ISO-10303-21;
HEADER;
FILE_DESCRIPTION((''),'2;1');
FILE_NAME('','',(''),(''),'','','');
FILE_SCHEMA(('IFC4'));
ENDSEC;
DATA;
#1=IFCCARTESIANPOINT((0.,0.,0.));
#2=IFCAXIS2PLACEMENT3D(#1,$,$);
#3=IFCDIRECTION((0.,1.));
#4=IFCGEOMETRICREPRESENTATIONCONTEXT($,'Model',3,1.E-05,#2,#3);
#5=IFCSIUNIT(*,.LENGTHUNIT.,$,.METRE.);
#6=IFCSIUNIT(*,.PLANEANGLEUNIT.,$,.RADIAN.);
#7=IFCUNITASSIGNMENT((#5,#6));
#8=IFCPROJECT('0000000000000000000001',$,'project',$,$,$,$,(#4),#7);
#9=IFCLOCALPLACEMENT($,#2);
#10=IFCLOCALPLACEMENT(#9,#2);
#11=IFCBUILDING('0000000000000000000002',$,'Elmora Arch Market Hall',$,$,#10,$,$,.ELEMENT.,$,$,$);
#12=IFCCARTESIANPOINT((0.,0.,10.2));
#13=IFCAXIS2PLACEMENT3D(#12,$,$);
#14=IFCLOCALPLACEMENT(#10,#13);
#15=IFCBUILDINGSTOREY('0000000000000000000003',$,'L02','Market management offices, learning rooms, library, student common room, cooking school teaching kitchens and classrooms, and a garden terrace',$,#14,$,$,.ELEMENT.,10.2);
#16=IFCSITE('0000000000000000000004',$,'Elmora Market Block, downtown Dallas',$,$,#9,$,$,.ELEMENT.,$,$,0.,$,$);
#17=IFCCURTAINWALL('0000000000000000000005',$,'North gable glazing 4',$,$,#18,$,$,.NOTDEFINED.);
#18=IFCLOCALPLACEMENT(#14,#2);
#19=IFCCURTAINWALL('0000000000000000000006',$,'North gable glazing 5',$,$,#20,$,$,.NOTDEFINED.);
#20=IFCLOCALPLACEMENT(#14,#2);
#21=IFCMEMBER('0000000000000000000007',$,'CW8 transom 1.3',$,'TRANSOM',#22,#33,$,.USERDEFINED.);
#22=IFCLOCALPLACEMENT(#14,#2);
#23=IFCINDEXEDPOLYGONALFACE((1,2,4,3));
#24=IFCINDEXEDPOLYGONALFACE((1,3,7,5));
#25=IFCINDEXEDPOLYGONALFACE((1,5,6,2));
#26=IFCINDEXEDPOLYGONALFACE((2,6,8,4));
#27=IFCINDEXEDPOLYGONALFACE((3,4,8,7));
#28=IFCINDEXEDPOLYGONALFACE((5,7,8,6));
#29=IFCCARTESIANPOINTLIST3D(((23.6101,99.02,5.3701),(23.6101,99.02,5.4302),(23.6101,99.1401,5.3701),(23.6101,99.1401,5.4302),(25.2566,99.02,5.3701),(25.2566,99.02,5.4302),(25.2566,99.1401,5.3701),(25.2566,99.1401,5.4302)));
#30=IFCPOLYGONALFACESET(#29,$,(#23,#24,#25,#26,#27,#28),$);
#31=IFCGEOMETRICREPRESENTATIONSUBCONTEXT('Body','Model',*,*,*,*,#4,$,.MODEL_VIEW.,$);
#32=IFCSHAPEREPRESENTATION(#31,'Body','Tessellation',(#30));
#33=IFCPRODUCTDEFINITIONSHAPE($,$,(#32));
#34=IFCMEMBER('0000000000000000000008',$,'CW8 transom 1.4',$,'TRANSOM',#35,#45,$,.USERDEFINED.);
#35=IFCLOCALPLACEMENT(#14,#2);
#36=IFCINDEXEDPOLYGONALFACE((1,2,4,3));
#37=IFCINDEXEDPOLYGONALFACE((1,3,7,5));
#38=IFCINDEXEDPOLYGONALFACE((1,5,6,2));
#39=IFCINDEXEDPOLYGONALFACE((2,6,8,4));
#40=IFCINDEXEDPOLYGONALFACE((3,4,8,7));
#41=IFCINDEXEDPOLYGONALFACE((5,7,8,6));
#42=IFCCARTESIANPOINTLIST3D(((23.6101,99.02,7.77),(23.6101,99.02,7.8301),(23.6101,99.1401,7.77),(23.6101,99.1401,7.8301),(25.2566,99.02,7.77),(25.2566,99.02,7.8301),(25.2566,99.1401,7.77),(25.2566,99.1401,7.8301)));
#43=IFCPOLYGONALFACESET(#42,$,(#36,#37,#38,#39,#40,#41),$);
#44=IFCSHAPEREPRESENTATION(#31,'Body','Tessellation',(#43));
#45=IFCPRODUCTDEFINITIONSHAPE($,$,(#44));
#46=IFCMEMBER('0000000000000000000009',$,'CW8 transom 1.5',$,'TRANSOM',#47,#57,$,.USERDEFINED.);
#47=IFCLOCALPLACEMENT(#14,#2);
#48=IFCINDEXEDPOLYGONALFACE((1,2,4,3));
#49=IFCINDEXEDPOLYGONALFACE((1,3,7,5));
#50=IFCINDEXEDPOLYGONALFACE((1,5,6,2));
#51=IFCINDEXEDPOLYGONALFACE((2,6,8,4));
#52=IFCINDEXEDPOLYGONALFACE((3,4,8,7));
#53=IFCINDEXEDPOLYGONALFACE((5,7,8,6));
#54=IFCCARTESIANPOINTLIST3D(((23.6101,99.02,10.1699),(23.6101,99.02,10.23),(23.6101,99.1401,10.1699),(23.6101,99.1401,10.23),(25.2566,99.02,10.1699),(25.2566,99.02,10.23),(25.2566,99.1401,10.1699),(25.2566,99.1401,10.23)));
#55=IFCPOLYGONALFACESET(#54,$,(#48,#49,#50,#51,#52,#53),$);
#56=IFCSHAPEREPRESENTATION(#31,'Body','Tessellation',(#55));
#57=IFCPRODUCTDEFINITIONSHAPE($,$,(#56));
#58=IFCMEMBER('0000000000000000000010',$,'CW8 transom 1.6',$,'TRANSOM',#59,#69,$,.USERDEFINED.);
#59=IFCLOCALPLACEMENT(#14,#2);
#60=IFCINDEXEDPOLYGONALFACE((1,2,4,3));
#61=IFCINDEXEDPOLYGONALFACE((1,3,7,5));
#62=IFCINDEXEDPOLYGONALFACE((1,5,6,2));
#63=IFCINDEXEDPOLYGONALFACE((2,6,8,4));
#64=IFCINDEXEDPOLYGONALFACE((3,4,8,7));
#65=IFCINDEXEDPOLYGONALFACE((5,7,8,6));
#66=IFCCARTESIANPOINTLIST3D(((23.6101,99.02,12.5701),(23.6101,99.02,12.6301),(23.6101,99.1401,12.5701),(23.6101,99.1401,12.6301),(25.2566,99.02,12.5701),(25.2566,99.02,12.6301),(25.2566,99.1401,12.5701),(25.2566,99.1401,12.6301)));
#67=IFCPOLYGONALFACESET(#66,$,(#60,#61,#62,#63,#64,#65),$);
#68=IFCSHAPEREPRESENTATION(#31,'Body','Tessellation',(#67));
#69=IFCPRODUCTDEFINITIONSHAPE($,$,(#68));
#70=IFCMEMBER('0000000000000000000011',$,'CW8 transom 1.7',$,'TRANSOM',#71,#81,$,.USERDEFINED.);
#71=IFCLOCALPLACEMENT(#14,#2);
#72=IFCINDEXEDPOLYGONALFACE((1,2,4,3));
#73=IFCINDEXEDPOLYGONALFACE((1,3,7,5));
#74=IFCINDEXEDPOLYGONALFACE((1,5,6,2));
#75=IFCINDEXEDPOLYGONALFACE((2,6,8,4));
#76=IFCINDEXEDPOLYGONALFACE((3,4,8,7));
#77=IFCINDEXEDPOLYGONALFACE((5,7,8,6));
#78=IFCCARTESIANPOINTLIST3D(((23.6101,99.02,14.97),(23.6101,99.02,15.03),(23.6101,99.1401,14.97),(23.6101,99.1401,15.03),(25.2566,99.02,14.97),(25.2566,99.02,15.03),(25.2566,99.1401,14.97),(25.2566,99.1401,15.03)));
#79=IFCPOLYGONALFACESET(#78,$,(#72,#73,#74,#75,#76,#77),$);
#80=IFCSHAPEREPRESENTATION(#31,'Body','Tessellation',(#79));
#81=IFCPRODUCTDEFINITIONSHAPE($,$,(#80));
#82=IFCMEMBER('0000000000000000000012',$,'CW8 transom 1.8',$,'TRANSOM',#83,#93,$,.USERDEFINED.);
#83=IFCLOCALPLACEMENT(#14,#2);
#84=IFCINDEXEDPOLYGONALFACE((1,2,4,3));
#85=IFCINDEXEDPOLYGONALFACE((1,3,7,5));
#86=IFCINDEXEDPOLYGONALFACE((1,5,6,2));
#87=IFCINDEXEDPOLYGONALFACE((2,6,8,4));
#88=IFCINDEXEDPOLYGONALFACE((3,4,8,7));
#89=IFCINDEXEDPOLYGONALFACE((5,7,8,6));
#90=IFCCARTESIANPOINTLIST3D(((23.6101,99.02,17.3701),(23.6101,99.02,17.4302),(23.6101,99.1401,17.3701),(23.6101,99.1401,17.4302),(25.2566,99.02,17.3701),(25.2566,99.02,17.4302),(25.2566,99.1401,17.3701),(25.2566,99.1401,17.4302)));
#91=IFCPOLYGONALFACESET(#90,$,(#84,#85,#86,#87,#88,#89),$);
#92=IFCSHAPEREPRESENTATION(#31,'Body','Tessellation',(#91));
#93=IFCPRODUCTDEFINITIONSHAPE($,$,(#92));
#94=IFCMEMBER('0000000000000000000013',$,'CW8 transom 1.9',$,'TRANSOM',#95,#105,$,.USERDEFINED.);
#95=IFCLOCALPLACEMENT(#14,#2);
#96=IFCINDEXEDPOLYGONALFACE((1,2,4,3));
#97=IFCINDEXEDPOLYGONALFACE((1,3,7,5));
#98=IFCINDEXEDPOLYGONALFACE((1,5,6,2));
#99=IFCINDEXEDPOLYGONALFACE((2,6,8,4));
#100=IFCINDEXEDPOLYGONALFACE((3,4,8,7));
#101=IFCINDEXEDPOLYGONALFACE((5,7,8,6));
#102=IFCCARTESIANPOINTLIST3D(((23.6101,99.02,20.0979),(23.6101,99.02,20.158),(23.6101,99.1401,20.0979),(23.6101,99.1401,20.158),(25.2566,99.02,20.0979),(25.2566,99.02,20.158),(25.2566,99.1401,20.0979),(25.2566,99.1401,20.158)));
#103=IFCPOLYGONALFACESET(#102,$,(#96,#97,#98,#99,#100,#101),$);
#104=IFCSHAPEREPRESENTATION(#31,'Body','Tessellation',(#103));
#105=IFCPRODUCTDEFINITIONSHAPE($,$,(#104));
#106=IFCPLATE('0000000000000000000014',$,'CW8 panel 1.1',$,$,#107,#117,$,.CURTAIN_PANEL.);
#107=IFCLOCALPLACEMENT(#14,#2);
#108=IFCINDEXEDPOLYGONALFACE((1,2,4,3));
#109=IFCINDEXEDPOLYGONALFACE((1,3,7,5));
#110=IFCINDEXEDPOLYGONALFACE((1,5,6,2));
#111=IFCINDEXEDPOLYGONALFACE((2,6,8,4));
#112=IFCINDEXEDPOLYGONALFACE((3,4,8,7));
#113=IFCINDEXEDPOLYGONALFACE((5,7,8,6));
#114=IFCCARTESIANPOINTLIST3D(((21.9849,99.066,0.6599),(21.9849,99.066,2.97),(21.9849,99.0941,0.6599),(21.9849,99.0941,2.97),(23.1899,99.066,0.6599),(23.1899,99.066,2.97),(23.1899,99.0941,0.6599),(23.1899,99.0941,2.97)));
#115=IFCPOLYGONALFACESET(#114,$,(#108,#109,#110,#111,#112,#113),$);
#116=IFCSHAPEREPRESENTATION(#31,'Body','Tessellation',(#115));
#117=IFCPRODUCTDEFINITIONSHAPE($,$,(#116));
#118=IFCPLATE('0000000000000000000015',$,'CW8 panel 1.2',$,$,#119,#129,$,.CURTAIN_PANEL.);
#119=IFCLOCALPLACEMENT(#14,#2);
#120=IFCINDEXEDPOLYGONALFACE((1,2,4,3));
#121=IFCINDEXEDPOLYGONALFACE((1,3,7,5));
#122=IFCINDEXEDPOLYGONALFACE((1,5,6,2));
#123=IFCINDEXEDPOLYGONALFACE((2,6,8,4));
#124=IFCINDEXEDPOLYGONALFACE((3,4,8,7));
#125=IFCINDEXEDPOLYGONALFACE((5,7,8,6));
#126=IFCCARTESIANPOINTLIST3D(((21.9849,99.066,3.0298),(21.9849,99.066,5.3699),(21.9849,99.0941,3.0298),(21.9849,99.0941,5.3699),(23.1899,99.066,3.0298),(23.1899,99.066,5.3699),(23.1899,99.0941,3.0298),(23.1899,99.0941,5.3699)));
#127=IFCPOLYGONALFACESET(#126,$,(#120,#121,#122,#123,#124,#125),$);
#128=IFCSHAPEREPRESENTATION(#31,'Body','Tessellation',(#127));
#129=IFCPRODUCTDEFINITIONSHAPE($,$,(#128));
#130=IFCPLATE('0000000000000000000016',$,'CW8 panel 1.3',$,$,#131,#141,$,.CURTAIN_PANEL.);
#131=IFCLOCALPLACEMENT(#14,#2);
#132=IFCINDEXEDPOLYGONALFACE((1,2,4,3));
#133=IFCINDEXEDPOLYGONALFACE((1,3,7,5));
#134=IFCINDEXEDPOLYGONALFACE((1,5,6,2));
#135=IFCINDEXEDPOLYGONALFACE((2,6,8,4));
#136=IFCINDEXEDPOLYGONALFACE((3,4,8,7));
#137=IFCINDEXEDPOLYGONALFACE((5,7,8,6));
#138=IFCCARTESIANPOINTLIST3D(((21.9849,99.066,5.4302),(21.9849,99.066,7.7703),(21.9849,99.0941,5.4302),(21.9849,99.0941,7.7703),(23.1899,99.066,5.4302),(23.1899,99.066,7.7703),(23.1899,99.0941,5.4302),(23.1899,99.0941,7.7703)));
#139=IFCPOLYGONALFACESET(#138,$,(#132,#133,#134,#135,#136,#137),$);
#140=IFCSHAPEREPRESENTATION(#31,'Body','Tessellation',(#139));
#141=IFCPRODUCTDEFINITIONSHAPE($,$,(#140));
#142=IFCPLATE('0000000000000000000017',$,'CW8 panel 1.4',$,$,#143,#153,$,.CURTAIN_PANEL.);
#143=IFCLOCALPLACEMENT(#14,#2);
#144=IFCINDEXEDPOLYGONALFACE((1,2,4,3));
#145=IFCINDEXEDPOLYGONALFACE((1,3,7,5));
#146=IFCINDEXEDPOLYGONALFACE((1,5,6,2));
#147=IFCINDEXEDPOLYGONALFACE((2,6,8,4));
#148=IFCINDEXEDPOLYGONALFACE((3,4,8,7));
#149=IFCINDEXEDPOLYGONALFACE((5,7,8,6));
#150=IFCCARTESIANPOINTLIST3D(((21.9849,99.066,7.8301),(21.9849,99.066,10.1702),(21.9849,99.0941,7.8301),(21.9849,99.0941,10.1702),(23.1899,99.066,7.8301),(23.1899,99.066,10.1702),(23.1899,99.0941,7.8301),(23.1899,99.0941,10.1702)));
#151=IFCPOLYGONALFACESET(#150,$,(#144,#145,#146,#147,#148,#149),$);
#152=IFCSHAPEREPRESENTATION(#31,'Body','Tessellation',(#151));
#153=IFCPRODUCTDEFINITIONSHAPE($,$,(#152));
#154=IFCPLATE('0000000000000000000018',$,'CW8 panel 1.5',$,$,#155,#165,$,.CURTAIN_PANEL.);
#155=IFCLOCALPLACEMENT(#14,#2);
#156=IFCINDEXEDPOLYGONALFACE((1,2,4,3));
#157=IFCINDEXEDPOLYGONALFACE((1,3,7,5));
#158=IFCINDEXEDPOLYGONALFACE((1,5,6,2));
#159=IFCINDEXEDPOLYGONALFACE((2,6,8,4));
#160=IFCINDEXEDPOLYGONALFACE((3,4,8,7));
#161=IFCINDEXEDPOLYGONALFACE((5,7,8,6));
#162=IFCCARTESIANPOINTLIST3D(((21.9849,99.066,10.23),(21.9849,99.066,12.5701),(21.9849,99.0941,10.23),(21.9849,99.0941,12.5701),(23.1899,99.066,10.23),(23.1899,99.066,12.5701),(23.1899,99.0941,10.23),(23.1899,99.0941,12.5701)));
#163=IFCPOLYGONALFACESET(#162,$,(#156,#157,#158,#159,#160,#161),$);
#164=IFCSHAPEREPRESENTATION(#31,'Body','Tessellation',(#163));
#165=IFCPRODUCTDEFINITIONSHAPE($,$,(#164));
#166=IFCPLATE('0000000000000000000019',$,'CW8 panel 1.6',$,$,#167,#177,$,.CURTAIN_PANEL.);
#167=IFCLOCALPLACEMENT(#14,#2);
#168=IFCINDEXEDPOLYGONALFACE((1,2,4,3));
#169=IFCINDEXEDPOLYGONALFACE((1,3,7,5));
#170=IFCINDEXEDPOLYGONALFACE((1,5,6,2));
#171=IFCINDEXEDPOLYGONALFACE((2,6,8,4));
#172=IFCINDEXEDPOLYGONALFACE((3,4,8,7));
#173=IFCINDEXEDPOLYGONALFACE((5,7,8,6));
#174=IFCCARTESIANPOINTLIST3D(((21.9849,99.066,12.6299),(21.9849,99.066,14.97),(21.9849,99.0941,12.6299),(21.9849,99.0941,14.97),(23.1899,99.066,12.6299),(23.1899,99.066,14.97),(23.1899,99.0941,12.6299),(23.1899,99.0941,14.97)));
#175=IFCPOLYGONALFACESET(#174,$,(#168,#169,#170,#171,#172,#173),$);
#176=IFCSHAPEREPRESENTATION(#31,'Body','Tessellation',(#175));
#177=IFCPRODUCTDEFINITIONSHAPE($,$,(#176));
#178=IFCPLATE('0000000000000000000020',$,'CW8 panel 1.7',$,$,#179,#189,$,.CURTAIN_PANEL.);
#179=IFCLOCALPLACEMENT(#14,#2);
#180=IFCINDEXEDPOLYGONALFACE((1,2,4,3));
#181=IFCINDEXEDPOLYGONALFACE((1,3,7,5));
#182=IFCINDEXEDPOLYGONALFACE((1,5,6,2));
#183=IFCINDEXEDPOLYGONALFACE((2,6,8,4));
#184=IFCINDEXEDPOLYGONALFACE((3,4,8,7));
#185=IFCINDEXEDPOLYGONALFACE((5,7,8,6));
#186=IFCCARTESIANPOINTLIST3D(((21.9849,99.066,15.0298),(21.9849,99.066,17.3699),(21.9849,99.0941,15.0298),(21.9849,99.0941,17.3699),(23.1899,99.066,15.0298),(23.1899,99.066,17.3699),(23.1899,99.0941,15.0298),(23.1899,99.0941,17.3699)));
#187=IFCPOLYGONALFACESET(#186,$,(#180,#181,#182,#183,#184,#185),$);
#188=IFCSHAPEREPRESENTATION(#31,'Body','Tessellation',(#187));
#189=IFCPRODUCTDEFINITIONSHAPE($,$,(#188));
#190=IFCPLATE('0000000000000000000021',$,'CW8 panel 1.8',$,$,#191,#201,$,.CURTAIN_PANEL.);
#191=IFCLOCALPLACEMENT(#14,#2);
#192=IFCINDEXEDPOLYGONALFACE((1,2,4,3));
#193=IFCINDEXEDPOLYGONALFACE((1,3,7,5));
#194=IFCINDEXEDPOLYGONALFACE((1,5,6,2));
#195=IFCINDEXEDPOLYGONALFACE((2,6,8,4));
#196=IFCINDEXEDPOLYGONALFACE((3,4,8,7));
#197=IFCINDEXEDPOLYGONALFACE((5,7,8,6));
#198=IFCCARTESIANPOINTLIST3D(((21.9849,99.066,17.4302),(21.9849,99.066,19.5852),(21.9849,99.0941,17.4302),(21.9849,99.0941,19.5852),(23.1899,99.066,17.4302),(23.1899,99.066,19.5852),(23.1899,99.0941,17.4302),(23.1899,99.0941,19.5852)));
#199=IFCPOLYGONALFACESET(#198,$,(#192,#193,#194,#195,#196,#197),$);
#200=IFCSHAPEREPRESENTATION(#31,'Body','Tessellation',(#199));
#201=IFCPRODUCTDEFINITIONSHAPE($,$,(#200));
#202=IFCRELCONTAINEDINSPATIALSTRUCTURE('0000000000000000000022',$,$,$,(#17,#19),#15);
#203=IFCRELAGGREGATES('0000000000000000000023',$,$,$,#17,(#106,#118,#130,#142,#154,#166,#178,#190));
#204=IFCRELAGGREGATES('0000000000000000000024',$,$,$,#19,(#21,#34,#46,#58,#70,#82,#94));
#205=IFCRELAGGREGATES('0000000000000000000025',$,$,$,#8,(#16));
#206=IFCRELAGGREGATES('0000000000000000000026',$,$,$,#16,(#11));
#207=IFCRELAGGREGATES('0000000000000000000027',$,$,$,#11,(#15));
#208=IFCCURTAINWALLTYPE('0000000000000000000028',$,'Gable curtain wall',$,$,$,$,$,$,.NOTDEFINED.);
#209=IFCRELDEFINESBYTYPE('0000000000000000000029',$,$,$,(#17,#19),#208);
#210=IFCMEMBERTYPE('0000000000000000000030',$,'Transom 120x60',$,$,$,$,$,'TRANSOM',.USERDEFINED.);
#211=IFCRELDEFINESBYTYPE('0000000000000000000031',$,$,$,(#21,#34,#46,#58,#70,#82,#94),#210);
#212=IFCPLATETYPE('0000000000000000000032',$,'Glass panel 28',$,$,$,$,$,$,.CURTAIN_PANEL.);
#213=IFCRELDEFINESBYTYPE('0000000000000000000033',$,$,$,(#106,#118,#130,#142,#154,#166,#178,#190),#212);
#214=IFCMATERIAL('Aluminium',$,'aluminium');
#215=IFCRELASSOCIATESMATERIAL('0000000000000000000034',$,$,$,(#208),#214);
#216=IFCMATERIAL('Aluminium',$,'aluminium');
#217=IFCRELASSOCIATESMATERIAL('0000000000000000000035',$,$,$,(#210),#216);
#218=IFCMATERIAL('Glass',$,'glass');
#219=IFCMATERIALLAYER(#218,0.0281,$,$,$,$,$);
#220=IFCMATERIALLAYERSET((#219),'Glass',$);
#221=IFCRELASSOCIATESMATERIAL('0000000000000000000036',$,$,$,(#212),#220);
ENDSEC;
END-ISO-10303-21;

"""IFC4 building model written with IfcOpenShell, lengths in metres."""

from ifc_helpers import new_model, si_unit, direction, frame, origin, origin_2d, place, context, subcontext, project, spatial, rectangle, extrude, material, layer, layer_set, material_profile, profile_set, type_object, element, aggregate, save


model = new_model("IFC4")

# Units and contexts
model_context = context("Model", 3, precision=1e-05, world=origin(), true_north=direction((0.0, 1.0)))
body_context = subcontext(model_context, "Body", "Model", "MODEL_VIEW")
ifc_project = project(units=[si_unit("LENGTHUNIT", "METRE"), si_unit("PLANEANGLEUNIT", "RADIAN")], contexts=[model_context])

# Site, building, storey
site_placement = place(None, origin())
site = spatial("IfcSite", under=ifc_project, at=site_placement, Name="Elmora Market Block, downtown Dallas", CompositionType="ELEMENT", RefElevation=0.0)
building_placement = place(site_placement, origin())
building = spatial("IfcBuilding", under=site, at=building_placement, Name="Elmora Arch Market Hall", CompositionType="ELEMENT")
storey_placement = place(building_placement, frame((0.0, 0.0, 10.2)))
storey = spatial("IfcBuildingStorey", under=building, at=storey_placement, Name="L02", Description="Market management offices, learning rooms, library, student common room, cooking school teaching kitchens and classrooms, and a garden terrace", CompositionType="ELEMENT", Elevation=10.2)

# Shared definitions
ifc_material_1 = material(Name="Aluminium", Category="aluminium")
curtain_wall_type = type_object("IfcCurtainWallType", Name="Gable curtain wall", PredefinedType="NOTDEFINED", material=ifc_material_1)

# Curtain wall
curtain_wall_1_placement = place(storey_placement, origin())
curtain_wall_1 = element("IfcCurtainWall", 1, at=curtain_wall_1_placement, inside=storey, type_object=curtain_wall_type, Name="North gable glazing 4", PredefinedType="NOTDEFINED")

# Curtain wall
curtain_wall_2_placement = place(storey_placement, origin())
curtain_wall_2 = element("IfcCurtainWall", 2, at=curtain_wall_2_placement, inside=storey, type_object=curtain_wall_type, Name="North gable glazing 5", PredefinedType="NOTDEFINED")

# Members
ifc_material_2 = material(Name="Aluminium", Category="aluminium")
ifc_material_profile_1 = material_profile(ifc_material_2, rectangle(XDim=0.1201, YDim=0.0601, at=origin_2d()), Name="AL 120x60")
ifc_profile_set_1 = profile_set([ifc_material_profile_1], Name="Aluminium")
member_type_1 = type_object("IfcMemberType", Name="Transom 120x60", ElementType="TRANSOM", PredefinedType="USERDEFINED", material=ifc_profile_set_1)
member_1_placement = place(storey_placement, frame((23.6101, 99.0801, 5.4001), z_axis=(1.0, 0.0, 0.0), x_axis=(0.0, 1.0, 0.0)))
member_1 = element("IfcMember", 3, at=member_1_placement, type_object=member_type_1, Name="CW8 transom 1.3", ObjectType="TRANSOM", PredefinedType="USERDEFINED", context=body_context, shape_type="SweptSolid", body=[
    extrude(rectangle(XDim=0.1201, YDim=0.0601, at=origin_2d()), origin(), (0.0, 0.0, 1.0), 1.6465),
])
member_2_placement = place(storey_placement, frame((23.6101, 99.0801, 7.8), z_axis=(1.0, 0.0, 0.0), x_axis=(0.0, 1.0, 0.0)))
member_2 = element("IfcMember", 4, at=member_2_placement, type_object=member_type_1, Name="CW8 transom 1.4", ObjectType="TRANSOM", PredefinedType="USERDEFINED", context=body_context, shape_type="SweptSolid", body=[
    extrude(rectangle(XDim=0.1201, YDim=0.0601, at=origin_2d()), origin(), (0.0, 0.0, 1.0), 1.6465),
])
member_3_placement = place(storey_placement, frame((23.6101, 99.0801, 10.2), z_axis=(1.0, 0.0, 0.0), x_axis=(0.0, 1.0, 0.0)))
member_3 = element("IfcMember", 5, at=member_3_placement, type_object=member_type_1, Name="CW8 transom 1.5", ObjectType="TRANSOM", PredefinedType="USERDEFINED", context=body_context, shape_type="SweptSolid", body=[
    extrude(rectangle(XDim=0.1201, YDim=0.0601, at=origin_2d()), origin(), (0.0, 0.0, 1.0), 1.6465),
])
member_4_placement = place(storey_placement, frame((23.6101, 99.0801, 12.6001), z_axis=(1.0, 0.0, 0.0), x_axis=(0.0, 1.0, 0.0)))
member_4 = element("IfcMember", 6, at=member_4_placement, type_object=member_type_1, Name="CW8 transom 1.6", ObjectType="TRANSOM", PredefinedType="USERDEFINED", context=body_context, shape_type="SweptSolid", body=[
    extrude(rectangle(XDim=0.1201, YDim=0.0601, at=origin_2d()), origin(), (0.0, 0.0, 1.0), 1.6465),
])
member_5_placement = place(storey_placement, frame((23.6101, 99.0801, 15.0), z_axis=(1.0, 0.0, 0.0), x_axis=(0.0, 1.0, 0.0)))
member_5 = element("IfcMember", 7, at=member_5_placement, type_object=member_type_1, Name="CW8 transom 1.7", ObjectType="TRANSOM", PredefinedType="USERDEFINED", context=body_context, shape_type="SweptSolid", body=[
    extrude(rectangle(XDim=0.1201, YDim=0.0601, at=origin_2d()), origin(), (0.0, 0.0, 1.0), 1.6465),
])
member_6_placement = place(storey_placement, frame((23.6101, 99.0801, 17.4001), z_axis=(1.0, 0.0, 0.0), x_axis=(0.0, 1.0, 0.0)))
member_6 = element("IfcMember", 8, at=member_6_placement, type_object=member_type_1, Name="CW8 transom 1.8", ObjectType="TRANSOM", PredefinedType="USERDEFINED", context=body_context, shape_type="SweptSolid", body=[
    extrude(rectangle(XDim=0.1201, YDim=0.0601, at=origin_2d()), origin(), (0.0, 0.0, 1.0), 1.6465),
])
member_7_placement = place(storey_placement, frame((23.6101, 99.0801, 20.1279), z_axis=(1.0, 0.0, 0.0), x_axis=(0.0, 1.0, 0.0)))
member_7 = element("IfcMember", 9, at=member_7_placement, type_object=member_type_1, Name="CW8 transom 1.9", ObjectType="TRANSOM", PredefinedType="USERDEFINED", context=body_context, shape_type="SweptSolid", body=[
    extrude(rectangle(XDim=0.1201, YDim=0.0601, at=origin_2d()), origin(), (0.0, 0.0, 1.0), 1.6465),
])

# Plates
ifc_material_3 = material(Name="Glass", Category="glass")
ifc_layer = layer(ifc_material_3, 0.0281)
ifc_layer_set = layer_set([ifc_layer], Name="Glass")
plate_type = type_object("IfcPlateType", Name="Glass panel 28", PredefinedType="CURTAIN_PANEL", material=ifc_layer_set)
plate_1_placement = place(storey_placement, frame((22.5874, 99.0801, 0.6599), z_axis=(0.0, 0.0, 1.0), x_axis=(1.0, 0.0, 0.0)))
plate_1 = element("IfcPlate", 10, at=plate_1_placement, type_object=plate_type, Name="CW8 panel 1.1", PredefinedType="CURTAIN_PANEL", context=body_context, shape_type="SweptSolid", body=[
    extrude(rectangle(XDim=1.2051, YDim=0.0281, at=origin_2d()), origin(), (0.0, 0.0, 1.0), 2.3101),
])
plate_2_placement = place(storey_placement, frame((22.5874, 99.0801, 3.0298), z_axis=(0.0, 0.0, 1.0), x_axis=(1.0, 0.0, 0.0)))
plate_2 = element("IfcPlate", 11, at=plate_2_placement, type_object=plate_type, Name="CW8 panel 1.2", PredefinedType="CURTAIN_PANEL", context=body_context, shape_type="SweptSolid", body=[
    extrude(rectangle(XDim=1.2051, YDim=0.0281, at=origin_2d()), origin(), (0.0, 0.0, 1.0), 2.3401),
])
plate_3_placement = place(storey_placement, frame((22.5874, 99.0801, 5.4302), z_axis=(0.0, 0.0, 1.0), x_axis=(1.0, 0.0, 0.0)))
plate_3 = element("IfcPlate", 12, at=plate_3_placement, type_object=plate_type, Name="CW8 panel 1.3", PredefinedType="CURTAIN_PANEL", context=body_context, shape_type="SweptSolid", body=[
    extrude(rectangle(XDim=1.2051, YDim=0.0281, at=origin_2d()), origin(), (0.0, 0.0, 1.0), 2.3401),
])
plate_4_placement = place(storey_placement, frame((22.5874, 99.0801, 7.8301), z_axis=(0.0, 0.0, 1.0), x_axis=(1.0, 0.0, 0.0)))
plate_4 = element("IfcPlate", 13, at=plate_4_placement, type_object=plate_type, Name="CW8 panel 1.4", PredefinedType="CURTAIN_PANEL", context=body_context, shape_type="SweptSolid", body=[
    extrude(rectangle(XDim=1.2051, YDim=0.0281, at=origin_2d()), origin(), (0.0, 0.0, 1.0), 2.3401),
])
plate_5_placement = place(storey_placement, frame((22.5874, 99.0801, 10.23), z_axis=(0.0, 0.0, 1.0), x_axis=(1.0, 0.0, 0.0)))
plate_5 = element("IfcPlate", 14, at=plate_5_placement, type_object=plate_type, Name="CW8 panel 1.5", PredefinedType="CURTAIN_PANEL", context=body_context, shape_type="SweptSolid", body=[
    extrude(rectangle(XDim=1.2051, YDim=0.0281, at=origin_2d()), origin(), (0.0, 0.0, 1.0), 2.3401),
])
plate_6_placement = place(storey_placement, frame((22.5874, 99.0801, 12.6299), z_axis=(0.0, 0.0, 1.0), x_axis=(1.0, 0.0, 0.0)))
plate_6 = element("IfcPlate", 15, at=plate_6_placement, type_object=plate_type, Name="CW8 panel 1.6", PredefinedType="CURTAIN_PANEL", context=body_context, shape_type="SweptSolid", body=[
    extrude(rectangle(XDim=1.2051, YDim=0.0281, at=origin_2d()), origin(), (0.0, 0.0, 1.0), 2.3401),
])
plate_7_placement = place(storey_placement, frame((22.5874, 99.0801, 15.0298), z_axis=(0.0, 0.0, 1.0), x_axis=(1.0, 0.0, 0.0)))
plate_7 = element("IfcPlate", 16, at=plate_7_placement, type_object=plate_type, Name="CW8 panel 1.7", PredefinedType="CURTAIN_PANEL", context=body_context, shape_type="SweptSolid", body=[
    extrude(rectangle(XDim=1.2051, YDim=0.0281, at=origin_2d()), origin(), (0.0, 0.0, 1.0), 2.3401),
])
plate_8_placement = place(storey_placement, frame((22.5874, 99.0801, 17.4302), z_axis=(0.0, 0.0, 1.0), x_axis=(1.0, 0.0, 0.0)))
plate_8 = element("IfcPlate", 17, at=plate_8_placement, type_object=plate_type, Name="CW8 panel 1.8", PredefinedType="CURTAIN_PANEL", context=body_context, shape_type="SweptSolid", body=[
    extrude(rectangle(XDim=1.2051, YDim=0.0281, at=origin_2d()), origin(), (0.0, 0.0, 1.0), 2.155),
])
aggregate(curtain_wall_1, [plate_1, plate_2, plate_3, plate_4, plate_5, plate_6, plate_7, plate_8])
aggregate(curtain_wall_2, [member_1, member_2, member_3, member_4, member_5, member_6, member_7])

save(model, "model.ifc")
